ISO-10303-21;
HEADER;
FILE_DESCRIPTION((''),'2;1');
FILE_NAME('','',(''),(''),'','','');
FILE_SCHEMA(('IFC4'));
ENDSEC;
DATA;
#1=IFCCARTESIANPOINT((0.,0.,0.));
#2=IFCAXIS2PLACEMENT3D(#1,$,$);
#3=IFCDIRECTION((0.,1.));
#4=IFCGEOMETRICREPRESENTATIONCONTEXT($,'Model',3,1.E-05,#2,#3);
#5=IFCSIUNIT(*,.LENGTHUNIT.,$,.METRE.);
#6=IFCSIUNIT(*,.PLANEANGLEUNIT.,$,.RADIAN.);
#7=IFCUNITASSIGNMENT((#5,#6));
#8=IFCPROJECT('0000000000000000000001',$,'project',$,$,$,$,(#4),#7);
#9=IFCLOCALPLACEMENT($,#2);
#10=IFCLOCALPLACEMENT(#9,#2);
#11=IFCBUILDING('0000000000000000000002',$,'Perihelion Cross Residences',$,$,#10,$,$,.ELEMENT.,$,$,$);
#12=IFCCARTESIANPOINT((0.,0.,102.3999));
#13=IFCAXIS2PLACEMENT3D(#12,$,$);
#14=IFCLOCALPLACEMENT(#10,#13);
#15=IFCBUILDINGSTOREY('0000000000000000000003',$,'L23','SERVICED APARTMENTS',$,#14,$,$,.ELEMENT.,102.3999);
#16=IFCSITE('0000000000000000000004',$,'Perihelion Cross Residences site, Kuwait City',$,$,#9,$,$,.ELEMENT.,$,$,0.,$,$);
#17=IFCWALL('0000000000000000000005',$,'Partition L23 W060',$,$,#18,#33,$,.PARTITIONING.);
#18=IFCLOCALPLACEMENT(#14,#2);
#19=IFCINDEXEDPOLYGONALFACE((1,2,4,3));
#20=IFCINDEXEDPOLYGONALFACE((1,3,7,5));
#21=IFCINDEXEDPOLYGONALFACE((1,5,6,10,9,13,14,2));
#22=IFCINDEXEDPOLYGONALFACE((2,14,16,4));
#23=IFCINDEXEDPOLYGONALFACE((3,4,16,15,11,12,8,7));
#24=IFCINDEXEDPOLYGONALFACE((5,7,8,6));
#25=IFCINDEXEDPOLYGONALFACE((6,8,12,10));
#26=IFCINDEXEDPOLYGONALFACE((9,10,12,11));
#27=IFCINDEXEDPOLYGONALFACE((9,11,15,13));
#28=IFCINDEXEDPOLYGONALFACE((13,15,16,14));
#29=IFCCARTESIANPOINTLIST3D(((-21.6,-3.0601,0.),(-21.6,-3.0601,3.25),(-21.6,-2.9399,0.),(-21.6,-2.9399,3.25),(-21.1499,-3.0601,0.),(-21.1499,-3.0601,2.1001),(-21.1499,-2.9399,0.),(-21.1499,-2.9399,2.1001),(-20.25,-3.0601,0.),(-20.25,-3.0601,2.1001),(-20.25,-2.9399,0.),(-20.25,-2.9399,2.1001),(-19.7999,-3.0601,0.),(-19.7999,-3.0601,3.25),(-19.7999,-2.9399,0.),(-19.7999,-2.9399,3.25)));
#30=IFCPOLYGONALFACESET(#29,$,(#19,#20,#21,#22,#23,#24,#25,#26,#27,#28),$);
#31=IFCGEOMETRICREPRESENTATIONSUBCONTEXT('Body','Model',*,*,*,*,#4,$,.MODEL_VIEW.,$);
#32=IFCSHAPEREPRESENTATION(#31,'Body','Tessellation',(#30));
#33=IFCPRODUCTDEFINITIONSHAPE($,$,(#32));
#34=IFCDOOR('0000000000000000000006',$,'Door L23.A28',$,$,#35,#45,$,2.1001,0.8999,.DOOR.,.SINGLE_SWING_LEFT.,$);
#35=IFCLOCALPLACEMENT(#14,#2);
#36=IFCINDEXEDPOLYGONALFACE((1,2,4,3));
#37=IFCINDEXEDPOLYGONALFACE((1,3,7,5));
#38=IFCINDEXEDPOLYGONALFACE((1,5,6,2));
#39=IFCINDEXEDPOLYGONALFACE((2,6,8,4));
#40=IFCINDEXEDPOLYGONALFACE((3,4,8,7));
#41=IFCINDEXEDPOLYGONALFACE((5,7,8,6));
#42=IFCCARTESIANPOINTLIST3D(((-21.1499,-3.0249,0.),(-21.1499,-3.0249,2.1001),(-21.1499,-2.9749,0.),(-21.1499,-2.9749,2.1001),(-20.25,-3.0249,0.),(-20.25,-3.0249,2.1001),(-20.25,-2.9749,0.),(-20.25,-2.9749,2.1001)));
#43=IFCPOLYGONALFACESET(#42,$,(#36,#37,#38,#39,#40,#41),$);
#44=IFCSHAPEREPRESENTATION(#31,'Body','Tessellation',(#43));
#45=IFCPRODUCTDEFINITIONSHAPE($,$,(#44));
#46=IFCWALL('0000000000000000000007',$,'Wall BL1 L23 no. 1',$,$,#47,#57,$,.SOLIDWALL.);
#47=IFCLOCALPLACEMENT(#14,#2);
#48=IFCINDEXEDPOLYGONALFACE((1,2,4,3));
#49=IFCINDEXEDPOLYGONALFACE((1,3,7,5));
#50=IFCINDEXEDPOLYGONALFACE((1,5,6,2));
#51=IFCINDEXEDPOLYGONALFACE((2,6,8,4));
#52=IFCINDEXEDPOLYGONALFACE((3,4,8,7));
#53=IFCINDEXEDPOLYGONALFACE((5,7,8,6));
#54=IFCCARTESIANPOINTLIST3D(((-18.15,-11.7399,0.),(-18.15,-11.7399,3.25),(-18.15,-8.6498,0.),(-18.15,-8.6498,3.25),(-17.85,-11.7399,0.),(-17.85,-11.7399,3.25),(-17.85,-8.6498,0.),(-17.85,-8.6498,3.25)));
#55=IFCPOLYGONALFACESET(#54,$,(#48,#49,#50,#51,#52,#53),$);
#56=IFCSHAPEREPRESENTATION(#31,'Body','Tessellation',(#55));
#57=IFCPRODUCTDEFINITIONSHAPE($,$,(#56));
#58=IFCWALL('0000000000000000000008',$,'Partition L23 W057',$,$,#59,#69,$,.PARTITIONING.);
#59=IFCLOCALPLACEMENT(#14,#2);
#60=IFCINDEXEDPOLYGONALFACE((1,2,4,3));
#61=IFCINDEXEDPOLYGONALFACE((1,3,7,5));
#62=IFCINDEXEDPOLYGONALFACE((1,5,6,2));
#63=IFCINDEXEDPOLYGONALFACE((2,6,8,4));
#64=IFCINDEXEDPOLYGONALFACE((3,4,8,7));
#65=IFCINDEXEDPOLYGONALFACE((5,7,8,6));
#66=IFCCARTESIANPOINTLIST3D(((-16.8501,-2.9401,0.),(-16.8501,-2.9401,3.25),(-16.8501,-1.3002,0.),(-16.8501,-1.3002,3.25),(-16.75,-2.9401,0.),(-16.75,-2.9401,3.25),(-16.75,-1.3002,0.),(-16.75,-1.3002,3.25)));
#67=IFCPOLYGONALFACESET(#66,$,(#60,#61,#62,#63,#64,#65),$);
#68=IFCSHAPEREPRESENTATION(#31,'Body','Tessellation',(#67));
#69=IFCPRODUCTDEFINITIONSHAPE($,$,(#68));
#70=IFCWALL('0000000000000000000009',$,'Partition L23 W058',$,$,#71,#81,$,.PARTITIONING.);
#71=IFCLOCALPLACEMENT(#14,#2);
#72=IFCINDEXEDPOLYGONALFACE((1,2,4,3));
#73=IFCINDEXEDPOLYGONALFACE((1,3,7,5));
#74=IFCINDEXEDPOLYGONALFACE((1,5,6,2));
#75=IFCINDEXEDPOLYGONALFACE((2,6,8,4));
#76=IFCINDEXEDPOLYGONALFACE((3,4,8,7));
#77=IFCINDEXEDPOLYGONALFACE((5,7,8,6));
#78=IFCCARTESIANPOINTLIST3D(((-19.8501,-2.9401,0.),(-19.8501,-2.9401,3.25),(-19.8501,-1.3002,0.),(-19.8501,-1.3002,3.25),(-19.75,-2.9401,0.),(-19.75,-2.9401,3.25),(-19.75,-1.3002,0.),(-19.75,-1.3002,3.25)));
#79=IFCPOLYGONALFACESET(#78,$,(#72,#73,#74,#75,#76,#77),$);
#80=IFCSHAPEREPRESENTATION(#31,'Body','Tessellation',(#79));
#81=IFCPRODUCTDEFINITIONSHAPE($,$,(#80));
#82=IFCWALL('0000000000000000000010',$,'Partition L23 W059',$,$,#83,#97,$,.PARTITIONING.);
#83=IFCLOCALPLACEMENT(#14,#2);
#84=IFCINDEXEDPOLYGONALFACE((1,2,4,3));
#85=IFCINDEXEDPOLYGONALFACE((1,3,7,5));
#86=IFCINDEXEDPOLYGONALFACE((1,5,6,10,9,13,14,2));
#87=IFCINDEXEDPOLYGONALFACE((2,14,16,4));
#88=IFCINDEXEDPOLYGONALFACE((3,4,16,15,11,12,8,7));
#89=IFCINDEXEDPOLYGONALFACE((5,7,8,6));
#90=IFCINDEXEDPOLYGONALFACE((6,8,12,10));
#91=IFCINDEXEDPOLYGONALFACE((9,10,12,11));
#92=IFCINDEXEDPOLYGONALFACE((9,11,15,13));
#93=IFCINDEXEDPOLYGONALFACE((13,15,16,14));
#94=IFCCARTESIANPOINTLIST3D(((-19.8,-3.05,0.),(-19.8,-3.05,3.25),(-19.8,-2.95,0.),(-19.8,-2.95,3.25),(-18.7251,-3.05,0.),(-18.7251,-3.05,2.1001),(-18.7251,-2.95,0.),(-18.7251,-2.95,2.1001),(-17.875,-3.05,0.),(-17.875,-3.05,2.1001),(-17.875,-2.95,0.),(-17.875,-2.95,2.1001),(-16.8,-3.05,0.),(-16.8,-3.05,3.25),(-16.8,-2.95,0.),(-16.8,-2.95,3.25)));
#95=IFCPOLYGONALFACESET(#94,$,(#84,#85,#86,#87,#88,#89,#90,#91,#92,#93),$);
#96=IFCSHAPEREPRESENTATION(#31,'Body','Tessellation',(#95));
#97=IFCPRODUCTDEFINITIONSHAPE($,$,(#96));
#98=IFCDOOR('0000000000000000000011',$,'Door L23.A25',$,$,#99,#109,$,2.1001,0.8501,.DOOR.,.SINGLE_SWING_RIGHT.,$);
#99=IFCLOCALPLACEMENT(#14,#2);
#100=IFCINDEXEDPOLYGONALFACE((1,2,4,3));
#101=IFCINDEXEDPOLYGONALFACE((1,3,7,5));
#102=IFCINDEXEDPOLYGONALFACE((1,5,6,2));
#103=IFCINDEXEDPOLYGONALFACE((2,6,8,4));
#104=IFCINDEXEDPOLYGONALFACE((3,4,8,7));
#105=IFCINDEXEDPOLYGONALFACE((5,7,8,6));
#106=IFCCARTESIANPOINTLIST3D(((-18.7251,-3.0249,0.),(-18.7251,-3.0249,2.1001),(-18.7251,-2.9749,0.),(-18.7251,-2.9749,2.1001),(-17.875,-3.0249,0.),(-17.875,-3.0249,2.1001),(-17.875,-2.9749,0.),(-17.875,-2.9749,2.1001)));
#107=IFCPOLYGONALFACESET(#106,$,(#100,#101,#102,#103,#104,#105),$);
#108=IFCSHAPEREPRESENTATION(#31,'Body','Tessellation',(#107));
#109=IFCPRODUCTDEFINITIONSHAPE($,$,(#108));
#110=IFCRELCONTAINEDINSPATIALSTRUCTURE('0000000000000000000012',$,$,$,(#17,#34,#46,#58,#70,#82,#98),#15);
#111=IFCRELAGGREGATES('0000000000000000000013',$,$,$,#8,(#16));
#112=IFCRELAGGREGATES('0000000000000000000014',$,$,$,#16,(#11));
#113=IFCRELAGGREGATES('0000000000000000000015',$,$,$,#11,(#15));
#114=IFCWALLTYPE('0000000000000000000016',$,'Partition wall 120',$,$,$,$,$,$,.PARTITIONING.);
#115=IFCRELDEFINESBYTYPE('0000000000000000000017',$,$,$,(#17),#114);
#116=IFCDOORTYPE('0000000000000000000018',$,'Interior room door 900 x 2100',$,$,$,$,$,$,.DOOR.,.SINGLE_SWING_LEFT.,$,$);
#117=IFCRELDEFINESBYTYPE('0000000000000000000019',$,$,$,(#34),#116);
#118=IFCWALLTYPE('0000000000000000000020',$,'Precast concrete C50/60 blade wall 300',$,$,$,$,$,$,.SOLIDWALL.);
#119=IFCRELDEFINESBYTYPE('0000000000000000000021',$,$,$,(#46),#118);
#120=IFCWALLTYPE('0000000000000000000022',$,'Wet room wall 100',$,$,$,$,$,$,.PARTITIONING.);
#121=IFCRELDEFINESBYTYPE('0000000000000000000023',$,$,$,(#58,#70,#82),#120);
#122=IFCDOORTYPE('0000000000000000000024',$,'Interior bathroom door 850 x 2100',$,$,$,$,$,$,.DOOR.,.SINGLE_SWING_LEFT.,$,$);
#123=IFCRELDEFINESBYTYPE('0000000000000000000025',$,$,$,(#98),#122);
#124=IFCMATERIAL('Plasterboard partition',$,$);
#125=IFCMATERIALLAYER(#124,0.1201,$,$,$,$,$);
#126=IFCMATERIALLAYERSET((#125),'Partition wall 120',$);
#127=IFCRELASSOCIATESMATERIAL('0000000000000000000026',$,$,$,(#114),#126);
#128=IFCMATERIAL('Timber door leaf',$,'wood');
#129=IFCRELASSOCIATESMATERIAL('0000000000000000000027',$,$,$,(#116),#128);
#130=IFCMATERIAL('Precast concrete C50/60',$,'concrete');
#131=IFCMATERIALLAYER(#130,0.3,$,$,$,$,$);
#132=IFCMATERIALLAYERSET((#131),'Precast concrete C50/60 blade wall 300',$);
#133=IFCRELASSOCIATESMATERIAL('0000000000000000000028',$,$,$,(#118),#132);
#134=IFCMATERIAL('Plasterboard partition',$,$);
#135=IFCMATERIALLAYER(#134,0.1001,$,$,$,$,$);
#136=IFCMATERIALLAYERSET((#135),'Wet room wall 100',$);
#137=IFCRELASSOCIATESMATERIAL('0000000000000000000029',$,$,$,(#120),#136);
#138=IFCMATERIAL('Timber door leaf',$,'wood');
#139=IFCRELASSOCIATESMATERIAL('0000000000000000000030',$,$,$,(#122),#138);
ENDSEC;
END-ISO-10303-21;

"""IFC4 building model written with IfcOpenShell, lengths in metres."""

from ifc_helpers import new_model, si_unit, direction, frame, frame_2d, origin, place, context, subcontext, project, spatial, rectangle, extrude, material, layer, layer_set, type_object, element, fill, save


model = new_model("IFC4")

# Units and contexts
model_context = context("Model", 3, precision=1e-05, world=origin(), true_north=direction((0.0, 1.0)))
body_context = subcontext(model_context, "Body", "Model", "MODEL_VIEW")
ifc_project = project(units=[si_unit("LENGTHUNIT", "METRE"), si_unit("PLANEANGLEUNIT", "RADIAN")], contexts=[model_context])

# Site, building, storey
site_placement = place(None, origin())
site = spatial("IfcSite", under=ifc_project, at=site_placement, Name="Perihelion Cross Residences site, Kuwait City", CompositionType="ELEMENT", RefElevation=0.0)
building_placement = place(site_placement, origin())
building = spatial("IfcBuilding", under=site, at=building_placement, Name="Perihelion Cross Residences", CompositionType="ELEMENT")
storey_placement = place(building_placement, frame((0.0, 0.0, 102.3999)))
storey = spatial("IfcBuildingStorey", under=building, at=storey_placement, Name="L23", Description="SERVICED APARTMENTS", CompositionType="ELEMENT", Elevation=102.3999)

# Wall, opening, door
ifc_material_1 = material(Name="Plasterboard partition")
ifc_layer_1 = layer(ifc_material_1, 0.1201)
ifc_layer_set_1 = layer_set([ifc_layer_1], Name="Partition wall 120")
wall_type_1 = type_object("IfcWallType", Name="Partition wall 120", PredefinedType="PARTITIONING", material=ifc_layer_set_1)
ifc_material_2 = material(Name="Timber door leaf", Category="wood")
door_type_1 = type_object("IfcDoorType", Name="Interior room door 900 x 2100", OperationType="SINGLE_SWING_LEFT", PredefinedType="DOOR", material=ifc_material_2)
wall_1_placement = place(storey_placement, frame((-19.8, -3.0, 0.0), z_axis=(0.0, 0.0, 1.0), x_axis=(-1.0, 0.0, 0.0)))
wall_1 = element("IfcWall", 1, at=wall_1_placement, inside=storey, type_object=wall_type_1, Name="Partition L23 W060", PredefinedType="PARTITIONING", context=body_context, shape_type="SweptSolid", body=[
    extrude(rectangle(XDim=1.8, YDim=0.1201, at=frame_2d((0.8999, 0.0))), origin(), (0.0, 0.0, 1.0), 3.25),
])
opening_1_placement = place(wall_1_placement, frame((0.45, 0.0, 0.0)))
opening_1 = element("IfcOpeningElement", 2, at=opening_1_placement, cuts=wall_1, PredefinedType="OPENING", context=body_context, shape_type="SweptSolid", body=[
    extrude(rectangle(XDim=0.8999, YDim=2.1001, at=frame_2d((0.45, 1.05))), frame((0.0, 0.0701, 0.0), z_axis=(0.0, -1.0, 0.0), x_axis=(1.0, 0.0, 0.0)), (0.0, 0.0, 1.0), 0.1401),
])
door_1_placement = place(opening_1_placement, origin())
door_1 = element("IfcDoor", 3, at=door_1_placement, inside=storey, type_object=door_type_1, Name="Door L23.A28", OperationType="SINGLE_SWING_LEFT", OverallHeight=2.1001, OverallWidth=0.8999, PredefinedType="DOOR", context=body_context, shape_type="SweptSolid", body=[
    extrude(rectangle(XDim=0.8999, YDim=2.1001, at=frame_2d((0.45, 1.05))), frame((0.0, 0.0249, 0.0), z_axis=(0.0, -1.0, 0.0), x_axis=(1.0, 0.0, 0.0)), (0.0, 0.0, 1.0), 0.05),
])
fill(opening_1, door_1)

# Walls
ifc_material_3 = material(Name="Precast concrete C50/60", Category="concrete")
ifc_layer_2 = layer(ifc_material_3, 0.3)
ifc_layer_set_2 = layer_set([ifc_layer_2], Name="Precast concrete C50/60 blade wall 300")
wall_type_2 = type_object("IfcWallType", Name="Precast concrete C50/60 blade wall 300", PredefinedType="SOLIDWALL", material=ifc_layer_set_2)
wall_2_placement = place(storey_placement, frame((-18.0, -8.6499, 0.0), z_axis=(0.0, 0.0, 1.0), x_axis=(0.0, -1.0, 0.0)))
element("IfcWall", 4, at=wall_2_placement, inside=storey, type_object=wall_type_2, Name="Wall BL1 L23 no. 1", PredefinedType="SOLIDWALL", context=body_context, shape_type="SweptSolid", body=[
    extrude(rectangle(XDim=3.0901, YDim=0.3, at=frame_2d((1.5449, 0.0))), origin(), (0.0, 0.0, 1.0), 3.25),
])
ifc_material_4 = material(Name="Plasterboard partition")
ifc_layer_3 = layer(ifc_material_4, 0.1001)
ifc_layer_set_3 = layer_set([ifc_layer_3], Name="Wet room wall 100")
wall_type_3 = type_object("IfcWallType", Name="Wet room wall 100", PredefinedType="PARTITIONING", material=ifc_layer_set_3)
for number, where, z_axis, x_axis, name in (
    (5, (-16.8, -2.9399, 0.0), (0.0, 0.0, 1.0), (0.0, 1.0, 0.0), "Partition L23 W057"),
    (6, (-19.8, -2.9399, 0.0), (0.0, 0.0, 1.0), (0.0, 1.0, 0.0), "Partition L23 W058"),
):
    element("IfcWall", number, at=place(storey_placement, frame(where, z_axis=z_axis, x_axis=x_axis)), inside=storey, type_object=wall_type_3, Name=name, PredefinedType="PARTITIONING", context=body_context, shape_type="SweptSolid", body=[
        extrude(rectangle(XDim=1.6399, YDim=0.1001, at=frame_2d((0.8198, 0.0))), origin(), (0.0, 0.0, 1.0), 3.25),
    ])

# Wall, opening, door
wall_3_placement = place(storey_placement, frame((-16.8, -3.0, 0.0), z_axis=(0.0, 0.0, 1.0), x_axis=(-1.0, 0.0, 0.0)))
wall_3 = element("IfcWall", 7, at=wall_3_placement, inside=storey, type_object=wall_type_3, Name="Partition L23 W059", PredefinedType="PARTITIONING", context=body_context, shape_type="SweptSolid", body=[
    extrude(rectangle(XDim=3.0, YDim=0.1001, at=frame_2d((1.5, 0.0))), origin(), (0.0, 0.0, 1.0), 3.25),
])
opening_2_placement = place(wall_3_placement, frame((1.075, 0.0, 0.0)))
opening_2 = element("IfcOpeningElement", 8, at=opening_2_placement, cuts=wall_3, PredefinedType="OPENING", context=body_context, shape_type="SweptSolid", body=[
    extrude(rectangle(XDim=0.8501, YDim=2.1001, at=frame_2d((0.425, 1.05))), frame((0.0, 0.0601, 0.0), z_axis=(0.0, -1.0, 0.0), x_axis=(1.0, 0.0, 0.0)), (0.0, 0.0, 1.0), 0.1201),
])
ifc_material_5 = material(Name="Timber door leaf", Category="wood")
door_type_2 = type_object("IfcDoorType", Name="Interior bathroom door 850 x 2100", OperationType="SINGLE_SWING_LEFT", PredefinedType="DOOR", material=ifc_material_5)
door_2_placement = place(opening_2_placement, origin())
door_2 = element("IfcDoor", 9, at=door_2_placement, inside=storey, type_object=door_type_2, Name="Door L23.A25", OperationType="SINGLE_SWING_RIGHT", OverallHeight=2.1001, OverallWidth=0.8501, PredefinedType="DOOR", context=body_context, shape_type="SweptSolid", body=[
    extrude(rectangle(XDim=0.8501, YDim=2.1001, at=frame_2d((0.425, 1.05))), frame((0.0, 0.0249, 0.0), z_axis=(0.0, -1.0, 0.0), x_axis=(1.0, 0.0, 0.0)), (0.0, 0.0, 1.0), 0.05),
])
fill(opening_2, door_2)

save(model, "model.ifc")
